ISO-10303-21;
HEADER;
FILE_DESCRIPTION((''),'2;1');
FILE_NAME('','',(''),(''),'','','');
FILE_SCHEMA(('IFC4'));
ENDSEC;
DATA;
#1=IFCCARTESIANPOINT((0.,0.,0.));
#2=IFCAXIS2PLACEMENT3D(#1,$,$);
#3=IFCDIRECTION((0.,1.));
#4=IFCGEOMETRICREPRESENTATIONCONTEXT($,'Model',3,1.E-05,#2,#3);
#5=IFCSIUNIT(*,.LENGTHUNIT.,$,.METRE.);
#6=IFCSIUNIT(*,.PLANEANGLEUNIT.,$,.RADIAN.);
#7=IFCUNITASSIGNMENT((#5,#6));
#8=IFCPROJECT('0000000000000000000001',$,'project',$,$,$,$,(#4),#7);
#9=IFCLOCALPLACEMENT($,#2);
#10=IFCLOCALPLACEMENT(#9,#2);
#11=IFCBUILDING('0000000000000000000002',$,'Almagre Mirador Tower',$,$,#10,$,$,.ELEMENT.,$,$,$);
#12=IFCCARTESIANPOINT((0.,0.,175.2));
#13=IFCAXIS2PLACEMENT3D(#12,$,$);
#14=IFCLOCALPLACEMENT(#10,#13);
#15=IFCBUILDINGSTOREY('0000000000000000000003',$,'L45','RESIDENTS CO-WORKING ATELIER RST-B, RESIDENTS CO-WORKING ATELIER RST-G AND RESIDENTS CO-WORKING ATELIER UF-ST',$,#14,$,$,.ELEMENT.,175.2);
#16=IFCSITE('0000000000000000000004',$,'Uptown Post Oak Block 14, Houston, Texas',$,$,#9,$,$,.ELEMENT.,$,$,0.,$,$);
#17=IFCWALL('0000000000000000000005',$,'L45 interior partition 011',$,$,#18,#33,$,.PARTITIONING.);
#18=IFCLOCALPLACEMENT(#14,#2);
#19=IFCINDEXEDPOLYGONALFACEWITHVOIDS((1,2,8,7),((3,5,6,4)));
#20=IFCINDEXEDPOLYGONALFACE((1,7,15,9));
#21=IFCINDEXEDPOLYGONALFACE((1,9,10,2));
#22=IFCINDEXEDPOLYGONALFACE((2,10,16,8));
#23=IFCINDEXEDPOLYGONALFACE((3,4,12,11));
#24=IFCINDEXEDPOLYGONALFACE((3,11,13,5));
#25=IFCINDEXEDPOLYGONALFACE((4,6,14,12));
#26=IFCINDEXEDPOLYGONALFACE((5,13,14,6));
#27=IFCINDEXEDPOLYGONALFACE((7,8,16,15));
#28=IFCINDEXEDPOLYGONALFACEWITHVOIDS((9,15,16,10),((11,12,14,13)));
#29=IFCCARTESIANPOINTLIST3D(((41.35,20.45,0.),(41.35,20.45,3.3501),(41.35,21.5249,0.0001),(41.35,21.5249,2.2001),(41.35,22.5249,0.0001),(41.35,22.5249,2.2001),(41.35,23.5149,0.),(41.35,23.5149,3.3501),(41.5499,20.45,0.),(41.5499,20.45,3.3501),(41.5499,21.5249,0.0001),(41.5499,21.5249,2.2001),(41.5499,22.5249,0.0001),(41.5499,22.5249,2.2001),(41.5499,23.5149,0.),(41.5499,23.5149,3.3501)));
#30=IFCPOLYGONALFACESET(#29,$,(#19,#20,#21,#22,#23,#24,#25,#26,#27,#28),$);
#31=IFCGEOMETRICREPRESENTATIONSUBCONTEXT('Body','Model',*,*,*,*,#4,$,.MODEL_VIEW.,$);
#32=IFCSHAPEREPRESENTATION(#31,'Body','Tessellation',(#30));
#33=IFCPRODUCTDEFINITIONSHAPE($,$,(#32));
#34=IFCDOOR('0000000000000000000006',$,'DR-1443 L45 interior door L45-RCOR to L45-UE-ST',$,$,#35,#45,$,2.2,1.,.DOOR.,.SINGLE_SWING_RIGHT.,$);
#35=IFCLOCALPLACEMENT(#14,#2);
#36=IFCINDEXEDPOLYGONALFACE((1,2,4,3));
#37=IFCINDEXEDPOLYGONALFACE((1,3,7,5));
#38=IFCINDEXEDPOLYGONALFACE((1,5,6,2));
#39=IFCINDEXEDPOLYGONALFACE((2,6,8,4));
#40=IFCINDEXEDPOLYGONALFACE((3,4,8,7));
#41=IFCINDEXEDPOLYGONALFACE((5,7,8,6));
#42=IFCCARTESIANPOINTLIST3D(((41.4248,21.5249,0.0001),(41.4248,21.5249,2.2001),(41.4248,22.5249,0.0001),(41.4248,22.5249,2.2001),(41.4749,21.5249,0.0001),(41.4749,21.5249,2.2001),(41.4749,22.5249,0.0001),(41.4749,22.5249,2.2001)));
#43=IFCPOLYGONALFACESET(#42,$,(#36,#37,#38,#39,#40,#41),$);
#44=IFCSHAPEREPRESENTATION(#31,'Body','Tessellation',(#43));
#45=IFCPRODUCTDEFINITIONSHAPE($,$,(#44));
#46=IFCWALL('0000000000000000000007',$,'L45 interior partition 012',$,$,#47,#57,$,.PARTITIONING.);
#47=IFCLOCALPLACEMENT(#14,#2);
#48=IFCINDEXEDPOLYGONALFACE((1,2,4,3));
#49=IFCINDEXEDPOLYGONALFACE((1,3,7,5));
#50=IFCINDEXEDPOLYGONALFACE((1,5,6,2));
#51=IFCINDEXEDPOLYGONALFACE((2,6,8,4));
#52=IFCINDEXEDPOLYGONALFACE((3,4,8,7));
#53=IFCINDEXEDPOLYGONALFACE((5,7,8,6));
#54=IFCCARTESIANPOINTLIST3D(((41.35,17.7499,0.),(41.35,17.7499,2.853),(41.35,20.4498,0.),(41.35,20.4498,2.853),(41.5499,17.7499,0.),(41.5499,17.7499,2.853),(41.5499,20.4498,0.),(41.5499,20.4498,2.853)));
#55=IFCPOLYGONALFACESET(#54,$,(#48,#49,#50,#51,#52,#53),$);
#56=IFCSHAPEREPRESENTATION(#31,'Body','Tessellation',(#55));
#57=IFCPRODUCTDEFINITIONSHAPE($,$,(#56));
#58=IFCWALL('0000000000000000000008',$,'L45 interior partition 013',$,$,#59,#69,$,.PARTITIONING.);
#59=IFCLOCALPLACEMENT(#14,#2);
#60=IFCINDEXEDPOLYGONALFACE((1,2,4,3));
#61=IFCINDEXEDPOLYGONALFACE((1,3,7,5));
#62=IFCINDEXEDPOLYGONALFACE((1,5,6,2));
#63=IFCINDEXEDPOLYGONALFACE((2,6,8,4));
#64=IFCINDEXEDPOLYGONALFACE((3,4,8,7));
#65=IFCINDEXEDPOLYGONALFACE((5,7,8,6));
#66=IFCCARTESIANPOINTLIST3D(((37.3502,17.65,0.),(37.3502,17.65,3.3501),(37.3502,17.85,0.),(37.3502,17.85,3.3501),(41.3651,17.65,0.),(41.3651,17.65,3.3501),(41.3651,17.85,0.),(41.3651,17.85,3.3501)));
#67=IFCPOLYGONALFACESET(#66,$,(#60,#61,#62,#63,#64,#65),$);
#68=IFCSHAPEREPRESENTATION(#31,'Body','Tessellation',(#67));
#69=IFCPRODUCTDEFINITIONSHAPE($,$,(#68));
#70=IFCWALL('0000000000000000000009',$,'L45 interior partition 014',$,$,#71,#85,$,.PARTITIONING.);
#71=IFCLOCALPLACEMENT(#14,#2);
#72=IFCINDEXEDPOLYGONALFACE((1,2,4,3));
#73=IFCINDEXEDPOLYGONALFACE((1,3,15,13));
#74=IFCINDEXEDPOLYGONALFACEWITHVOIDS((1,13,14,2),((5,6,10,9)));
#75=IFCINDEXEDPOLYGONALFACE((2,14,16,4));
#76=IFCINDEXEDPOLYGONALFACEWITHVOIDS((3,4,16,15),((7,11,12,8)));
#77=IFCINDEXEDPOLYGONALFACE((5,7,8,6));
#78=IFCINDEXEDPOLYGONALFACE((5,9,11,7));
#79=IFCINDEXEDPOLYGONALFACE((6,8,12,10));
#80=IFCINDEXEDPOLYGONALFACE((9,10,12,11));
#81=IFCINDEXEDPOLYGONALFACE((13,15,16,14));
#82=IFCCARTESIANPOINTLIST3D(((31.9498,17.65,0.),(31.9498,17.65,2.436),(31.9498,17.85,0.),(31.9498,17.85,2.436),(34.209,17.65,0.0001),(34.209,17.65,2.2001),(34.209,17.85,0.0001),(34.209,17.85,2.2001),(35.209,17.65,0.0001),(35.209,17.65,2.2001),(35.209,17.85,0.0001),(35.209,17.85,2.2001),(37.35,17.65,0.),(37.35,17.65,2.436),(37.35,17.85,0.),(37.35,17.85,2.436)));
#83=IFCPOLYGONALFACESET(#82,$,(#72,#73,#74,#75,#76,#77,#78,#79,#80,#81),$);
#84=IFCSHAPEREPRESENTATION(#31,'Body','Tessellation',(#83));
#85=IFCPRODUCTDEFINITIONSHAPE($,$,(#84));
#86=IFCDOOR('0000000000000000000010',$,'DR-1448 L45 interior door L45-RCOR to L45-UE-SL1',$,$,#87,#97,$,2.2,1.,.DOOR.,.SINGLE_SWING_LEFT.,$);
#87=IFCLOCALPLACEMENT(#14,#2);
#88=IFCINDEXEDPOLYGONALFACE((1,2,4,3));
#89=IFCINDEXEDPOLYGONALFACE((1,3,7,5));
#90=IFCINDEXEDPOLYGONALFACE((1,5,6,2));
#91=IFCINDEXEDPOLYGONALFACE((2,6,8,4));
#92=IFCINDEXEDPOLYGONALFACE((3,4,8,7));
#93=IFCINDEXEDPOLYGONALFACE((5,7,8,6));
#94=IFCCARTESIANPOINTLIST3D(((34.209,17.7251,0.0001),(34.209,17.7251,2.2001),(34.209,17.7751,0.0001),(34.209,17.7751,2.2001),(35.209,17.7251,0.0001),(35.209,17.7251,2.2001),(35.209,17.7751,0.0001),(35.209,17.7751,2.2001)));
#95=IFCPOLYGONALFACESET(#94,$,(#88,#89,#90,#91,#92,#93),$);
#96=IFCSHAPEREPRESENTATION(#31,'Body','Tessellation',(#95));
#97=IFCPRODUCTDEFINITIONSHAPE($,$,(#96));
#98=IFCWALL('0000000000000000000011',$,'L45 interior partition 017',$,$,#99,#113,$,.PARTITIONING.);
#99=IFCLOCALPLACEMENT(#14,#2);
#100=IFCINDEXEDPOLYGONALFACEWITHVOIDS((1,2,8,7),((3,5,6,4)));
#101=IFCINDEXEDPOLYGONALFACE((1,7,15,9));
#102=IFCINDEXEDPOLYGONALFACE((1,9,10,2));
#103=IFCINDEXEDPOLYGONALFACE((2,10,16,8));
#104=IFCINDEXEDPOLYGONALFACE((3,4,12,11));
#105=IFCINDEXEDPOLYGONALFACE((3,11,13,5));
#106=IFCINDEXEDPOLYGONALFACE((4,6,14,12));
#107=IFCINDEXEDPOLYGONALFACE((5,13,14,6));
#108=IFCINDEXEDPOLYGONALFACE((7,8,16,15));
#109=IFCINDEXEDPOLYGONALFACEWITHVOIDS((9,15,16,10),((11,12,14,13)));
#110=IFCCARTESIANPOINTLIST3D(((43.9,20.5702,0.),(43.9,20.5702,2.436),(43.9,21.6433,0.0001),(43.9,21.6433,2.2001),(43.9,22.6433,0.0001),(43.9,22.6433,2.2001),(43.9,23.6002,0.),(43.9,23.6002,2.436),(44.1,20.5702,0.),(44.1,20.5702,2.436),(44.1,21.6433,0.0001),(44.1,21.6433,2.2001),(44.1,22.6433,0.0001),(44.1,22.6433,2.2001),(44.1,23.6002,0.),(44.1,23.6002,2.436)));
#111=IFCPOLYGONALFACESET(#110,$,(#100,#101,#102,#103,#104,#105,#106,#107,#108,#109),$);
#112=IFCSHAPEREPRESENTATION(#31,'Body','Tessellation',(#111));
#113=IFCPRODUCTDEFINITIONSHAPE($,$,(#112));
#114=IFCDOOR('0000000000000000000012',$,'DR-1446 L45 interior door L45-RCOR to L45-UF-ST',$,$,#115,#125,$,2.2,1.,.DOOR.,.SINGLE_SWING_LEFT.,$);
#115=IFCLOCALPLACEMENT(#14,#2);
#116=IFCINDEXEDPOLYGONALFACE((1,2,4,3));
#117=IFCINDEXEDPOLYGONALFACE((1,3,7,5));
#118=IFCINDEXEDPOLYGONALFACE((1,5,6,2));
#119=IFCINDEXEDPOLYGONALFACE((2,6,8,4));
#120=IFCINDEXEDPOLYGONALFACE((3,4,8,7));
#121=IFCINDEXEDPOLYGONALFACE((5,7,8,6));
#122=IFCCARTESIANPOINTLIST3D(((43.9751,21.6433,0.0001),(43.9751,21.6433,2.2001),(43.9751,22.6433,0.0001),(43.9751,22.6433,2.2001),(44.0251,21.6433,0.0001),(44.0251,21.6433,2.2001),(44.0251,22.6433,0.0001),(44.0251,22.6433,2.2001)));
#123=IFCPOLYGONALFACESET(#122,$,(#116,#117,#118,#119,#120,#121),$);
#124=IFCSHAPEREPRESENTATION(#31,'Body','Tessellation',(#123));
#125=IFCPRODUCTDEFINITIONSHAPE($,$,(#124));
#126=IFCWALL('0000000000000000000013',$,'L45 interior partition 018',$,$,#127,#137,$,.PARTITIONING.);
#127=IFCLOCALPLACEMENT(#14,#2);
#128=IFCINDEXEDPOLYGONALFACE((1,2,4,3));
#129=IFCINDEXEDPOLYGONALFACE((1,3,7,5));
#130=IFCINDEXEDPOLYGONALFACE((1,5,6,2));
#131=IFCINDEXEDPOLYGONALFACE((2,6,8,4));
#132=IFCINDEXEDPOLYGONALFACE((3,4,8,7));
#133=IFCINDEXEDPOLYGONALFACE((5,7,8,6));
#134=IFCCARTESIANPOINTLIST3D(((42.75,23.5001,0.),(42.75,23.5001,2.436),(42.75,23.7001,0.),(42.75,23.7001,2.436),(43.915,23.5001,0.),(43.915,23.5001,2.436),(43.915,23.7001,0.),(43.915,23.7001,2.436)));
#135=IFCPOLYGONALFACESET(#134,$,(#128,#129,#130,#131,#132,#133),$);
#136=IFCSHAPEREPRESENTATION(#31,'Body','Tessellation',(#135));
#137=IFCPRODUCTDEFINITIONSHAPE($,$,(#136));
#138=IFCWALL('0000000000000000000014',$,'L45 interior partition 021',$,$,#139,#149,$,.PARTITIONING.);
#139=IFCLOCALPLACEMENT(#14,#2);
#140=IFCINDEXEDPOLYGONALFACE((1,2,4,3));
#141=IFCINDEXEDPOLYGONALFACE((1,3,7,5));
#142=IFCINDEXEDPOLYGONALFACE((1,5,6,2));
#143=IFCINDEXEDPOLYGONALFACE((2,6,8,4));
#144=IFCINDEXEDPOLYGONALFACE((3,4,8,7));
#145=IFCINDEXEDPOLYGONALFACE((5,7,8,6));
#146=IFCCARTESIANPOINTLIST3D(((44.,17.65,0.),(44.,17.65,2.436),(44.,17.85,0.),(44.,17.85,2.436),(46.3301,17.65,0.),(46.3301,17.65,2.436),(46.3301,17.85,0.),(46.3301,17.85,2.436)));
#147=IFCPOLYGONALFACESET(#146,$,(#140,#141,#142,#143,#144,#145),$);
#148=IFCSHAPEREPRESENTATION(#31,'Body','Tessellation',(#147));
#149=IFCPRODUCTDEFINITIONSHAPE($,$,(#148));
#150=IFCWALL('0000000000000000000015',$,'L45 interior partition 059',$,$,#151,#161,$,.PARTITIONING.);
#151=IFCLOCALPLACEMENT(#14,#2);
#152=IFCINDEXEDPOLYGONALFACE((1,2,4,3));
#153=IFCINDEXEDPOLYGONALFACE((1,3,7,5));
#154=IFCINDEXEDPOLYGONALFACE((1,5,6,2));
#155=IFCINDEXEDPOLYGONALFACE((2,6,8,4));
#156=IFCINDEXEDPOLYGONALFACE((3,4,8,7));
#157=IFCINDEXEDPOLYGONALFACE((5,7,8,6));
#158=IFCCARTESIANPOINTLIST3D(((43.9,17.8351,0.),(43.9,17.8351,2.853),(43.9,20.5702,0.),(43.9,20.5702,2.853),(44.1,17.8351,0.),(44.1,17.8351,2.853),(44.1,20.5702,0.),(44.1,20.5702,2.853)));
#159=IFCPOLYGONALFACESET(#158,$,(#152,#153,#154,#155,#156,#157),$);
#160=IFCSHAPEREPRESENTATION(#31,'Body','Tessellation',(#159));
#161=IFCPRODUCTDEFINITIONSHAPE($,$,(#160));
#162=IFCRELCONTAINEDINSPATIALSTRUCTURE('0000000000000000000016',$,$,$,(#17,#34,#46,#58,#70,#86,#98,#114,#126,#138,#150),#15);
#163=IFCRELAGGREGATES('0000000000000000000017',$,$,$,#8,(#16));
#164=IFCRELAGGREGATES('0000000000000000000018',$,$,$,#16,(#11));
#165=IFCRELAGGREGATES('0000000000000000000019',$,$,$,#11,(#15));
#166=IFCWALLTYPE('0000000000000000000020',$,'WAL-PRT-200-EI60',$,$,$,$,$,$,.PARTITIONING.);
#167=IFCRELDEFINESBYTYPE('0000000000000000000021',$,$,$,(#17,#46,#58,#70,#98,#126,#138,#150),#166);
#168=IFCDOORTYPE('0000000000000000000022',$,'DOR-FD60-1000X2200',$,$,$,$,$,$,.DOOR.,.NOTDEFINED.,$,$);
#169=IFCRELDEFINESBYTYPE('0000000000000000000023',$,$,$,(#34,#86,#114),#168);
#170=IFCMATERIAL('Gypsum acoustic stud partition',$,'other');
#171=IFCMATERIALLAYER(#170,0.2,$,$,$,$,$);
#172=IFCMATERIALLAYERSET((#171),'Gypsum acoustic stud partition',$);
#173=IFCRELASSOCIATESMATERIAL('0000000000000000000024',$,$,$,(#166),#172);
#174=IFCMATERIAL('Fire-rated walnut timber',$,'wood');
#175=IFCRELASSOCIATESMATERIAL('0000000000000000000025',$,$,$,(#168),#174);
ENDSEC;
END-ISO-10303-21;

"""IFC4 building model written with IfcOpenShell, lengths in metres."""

from ifc_helpers import new_model, si_unit, direction, frame, frame_2d, origin, place, context, subcontext, project, spatial, rectangle, extrude, material, layer, layer_set, type_object, element, fill, save


model = new_model("IFC4")

# Units and contexts
model_context = context("Model", 3, precision=1e-05, world=origin(), true_north=direction((0.0, 1.0)))
body_context = subcontext(model_context, "Body", "Model", "MODEL_VIEW")
ifc_project = project(units=[si_unit("LENGTHUNIT", "METRE"), si_unit("PLANEANGLEUNIT", "RADIAN")], contexts=[model_context])

# Site, building, storey
site_placement = place(None, origin())
site = spatial("IfcSite", under=ifc_project, at=site_placement, Name="Uptown Post Oak Block 14, Houston, Texas", CompositionType="ELEMENT", RefElevation=0.0)
building_placement = place(site_placement, origin())
building = spatial("IfcBuilding", under=site, at=building_placement, Name="Almagre Mirador Tower", CompositionType="ELEMENT")
storey_placement = place(building_placement, frame((0.0, 0.0, 175.2)))
storey = spatial("IfcBuildingStorey", under=building, at=storey_placement, Name="L45", Description="RESIDENTS CO-WORKING ATELIER RST-B, RESIDENTS CO-WORKING ATELIER RST-G AND RESIDENTS CO-WORKING ATELIER UF-ST", CompositionType="ELEMENT", Elevation=175.2)

# Shared definitions
ifc_material_1 = material(Name="Gypsum acoustic stud partition", Category="other")
ifc_layer_1 = layer(ifc_material_1, 0.2)
ifc_layer_set_1 = layer_set([ifc_layer_1], Name="Gypsum acoustic stud partition")
wall_type_1 = type_object("IfcWallType", Name="WAL-PRT-200-EI60", PredefinedType="PARTITIONING", material=ifc_layer_set_1)

# Wall, opening, door
wall_1_placement = place(storey_placement, frame((41.45, 23.5149, 0.0), z_axis=(0.0, 0.0, 1.0), x_axis=(0.0, -1.0, 0.0)))
wall_1 = element("IfcWall", 1, at=wall_1_placement, inside=storey, type_object=wall_type_1, Name="L45 interior partition 011", PredefinedType="PARTITIONING", context=body_context, shape_type="SweptSolid", body=[
    extrude(rectangle(XDim=3.0649, YDim=0.2, at=frame_2d((1.5325, 0.0))), origin(), (0.0, 0.0, 1.0), 3.3501),
])
opening_1_placement = place(wall_1_placement, frame((0.99, 0.0, 0.0)))
opening_1 = element("IfcOpeningElement", 2, at=opening_1_placement, cuts=wall_1, PredefinedType="OPENING", context=body_context, shape_type="SweptSolid", body=[
    extrude(rectangle(XDim=1.0, YDim=2.2, at=frame_2d((0.5, 1.1001))), frame((0.0, 0.1101, 0.0), z_axis=(0.0, -1.0, 0.0), x_axis=(1.0, 0.0, 0.0)), (0.0, 0.0, 1.0), 0.22),
])
ifc_material_2 = material(Name="Fire-rated walnut timber", Category="wood")
door_type_1 = type_object("IfcDoorType", Name="DOR-FD60-1000X2200", OperationType="NOTDEFINED", PredefinedType="DOOR", material=ifc_material_2)
door_1_placement = place(opening_1_placement, origin())
door_1 = element("IfcDoor", 3, at=door_1_placement, inside=storey, type_object=door_type_1, Name="DR-1443 L45 interior door L45-RCOR to L45-UE-ST", OperationType="SINGLE_SWING_RIGHT", OverallHeight=2.2, OverallWidth=1.0, PredefinedType="DOOR", context=body_context, shape_type="SweptSolid", body=[
    extrude(rectangle(XDim=1.0, YDim=2.2, at=frame_2d((0.5, 1.1001))), frame((0.0, 0.0249, 0.0), z_axis=(0.0, -1.0, 0.0), x_axis=(1.0, 0.0, 0.0)), (0.0, 0.0, 1.0), 0.05),
])
fill(opening_1, door_1)

# Walls
wall_2_placement = place(storey_placement, frame((41.45, 20.45, 0.0), z_axis=(0.0, 0.0, 1.0), x_axis=(0.0, -1.0, 0.0)))
element("IfcWall", 4, at=wall_2_placement, inside=storey, type_object=wall_type_1, Name="L45 interior partition 012", PredefinedType="PARTITIONING", context=body_context, shape_type="SweptSolid", body=[
    extrude(rectangle(XDim=2.7, YDim=0.2, at=frame_2d((1.3501, 0.0))), origin(), (0.0, 0.0, 1.0), 2.853),
])
wall_3_placement = place(storey_placement, frame((41.365, 17.75, 0.0), z_axis=(0.0, 0.0, 1.0), x_axis=(-1.0, 0.0, 0.0)))
element("IfcWall", 5, at=wall_3_placement, inside=storey, type_object=wall_type_1, Name="L45 interior partition 013", PredefinedType="PARTITIONING", context=body_context, shape_type="SweptSolid", body=[
    extrude(rectangle(XDim=4.0149, YDim=0.2, at=frame_2d((2.0073, 0.0))), origin(), (0.0, 0.0, 1.0), 3.3501),
])

# Walls, openings, doors
wall_4_placement = place(storey_placement, frame((37.3501, 17.75, 0.0), z_axis=(0.0, 0.0, 1.0), x_axis=(-1.0, 0.0, 0.0)))
wall_4 = element("IfcWall", 6, at=wall_4_placement, inside=storey, type_object=wall_type_1, Name="L45 interior partition 014", PredefinedType="PARTITIONING", context=body_context, shape_type="SweptSolid", body=[
    extrude(rectangle(XDim=5.4001, YDim=0.2, at=frame_2d((2.7002, 0.0))), origin(), (0.0, 0.0, 1.0), 2.436),
])
opening_2_placement = place(wall_4_placement, frame((2.1411, 0.0, 0.0)))
opening_2 = element("IfcOpeningElement", 7, at=opening_2_placement, cuts=wall_4, PredefinedType="OPENING", context=body_context, shape_type="SweptSolid", body=[
    extrude(rectangle(XDim=1.0, YDim=2.2, at=frame_2d((0.5, 1.1001))), frame((0.0, 0.1101, 0.0), z_axis=(0.0, -1.0, 0.0), x_axis=(1.0, 0.0, 0.0)), (0.0, 0.0, 1.0), 0.22),
])
door_2_placement = place(opening_2_placement, origin())
door_2 = element("IfcDoor", 8, at=door_2_placement, inside=storey, type_object=door_type_1, Name="DR-1448 L45 interior door L45-RCOR to L45-UE-SL1", OperationType="SINGLE_SWING_LEFT", OverallHeight=2.2, OverallWidth=1.0, PredefinedType="DOOR", context=body_context, shape_type="SweptSolid", body=[
    extrude(rectangle(XDim=1.0, YDim=2.2, at=frame_2d((0.5, 1.1001))), frame((0.0, 0.0249, 0.0), z_axis=(0.0, -1.0, 0.0), x_axis=(1.0, 0.0, 0.0)), (0.0, 0.0, 1.0), 0.05),
])
fill(opening_2, door_2)
wall_5_placement = place(storey_placement, frame((44.0, 20.5701, 0.0), z_axis=(0.0, 0.0, 1.0), x_axis=(0.0, 1.0, 0.0)))
wall_5 = element("IfcWall", 9, at=wall_5_placement, inside=storey, type_object=wall_type_1, Name="L45 interior partition 017", PredefinedType="PARTITIONING", context=body_context, shape_type="SweptSolid", body=[
    extrude(rectangle(XDim=3.03, YDim=0.2, at=frame_2d((1.5151, 0.0))), origin(), (0.0, 0.0, 1.0), 2.436),
])
opening_3_placement = place(wall_5_placement, frame((1.0732, 0.0, 0.0)))
opening_3 = element("IfcOpeningElement", 10, at=opening_3_placement, cuts=wall_5, PredefinedType="OPENING", context=body_context, shape_type="SweptSolid", body=[
    extrude(rectangle(XDim=1.0, YDim=2.2, at=frame_2d((0.5, 1.1001))), frame((0.0, 0.1101, 0.0), z_axis=(0.0, -1.0, 0.0), x_axis=(1.0, 0.0, 0.0)), (0.0, 0.0, 1.0), 0.22),
])
door_3_placement = place(opening_3_placement, origin())
door_3 = element("IfcDoor", 11, at=door_3_placement, inside=storey, type_object=door_type_1, Name="DR-1446 L45 interior door L45-RCOR to L45-UF-ST", OperationType="SINGLE_SWING_LEFT", OverallHeight=2.2, OverallWidth=1.0, PredefinedType="DOOR", context=body_context, shape_type="SweptSolid", body=[
    extrude(rectangle(XDim=1.0, YDim=2.2, at=frame_2d((0.5, 1.1001))), frame((0.0, 0.0249, 0.0), z_axis=(0.0, -1.0, 0.0), x_axis=(1.0, 0.0, 0.0)), (0.0, 0.0, 1.0), 0.05),
])
fill(opening_3, door_3)

# Walls
wall_6_placement = place(storey_placement, frame((43.915, 23.6001, 0.0), z_axis=(0.0, 0.0, 1.0), x_axis=(-1.0, 0.0, 0.0)))
element("IfcWall", 12, at=wall_6_placement, inside=storey, type_object=wall_type_1, Name="L45 interior partition 018", PredefinedType="PARTITIONING", context=body_context, shape_type="SweptSolid", body=[
    extrude(rectangle(XDim=1.165, YDim=0.2, at=frame_2d((0.5825, 0.0))), origin(), (0.0, 0.0, 1.0), 2.436),
])
wall_7_placement = place(storey_placement, frame((46.3301, 17.75, 0.0), z_axis=(0.0, 0.0, 1.0), x_axis=(-1.0, 0.0, 0.0)))
element("IfcWall", 13, at=wall_7_placement, inside=storey, type_object=wall_type_1, Name="L45 interior partition 021", PredefinedType="PARTITIONING", context=body_context, shape_type="SweptSolid", body=[
    extrude(rectangle(XDim=2.3301, YDim=0.2, at=frame_2d((1.165, 0.0))), origin(), (0.0, 0.0, 1.0), 2.436),
])
wall_8_placement = place(storey_placement, frame((44.0, 17.835, 0.0), z_axis=(0.0, 0.0, 1.0), x_axis=(0.0, 1.0, 0.0)))
element("IfcWall", 14, at=wall_8_placement, inside=storey, type_object=wall_type_1, Name="L45 interior partition 059", PredefinedType="PARTITIONING", context=body_context, shape_type="SweptSolid", body=[
    extrude(rectangle(XDim=2.7351, YDim=0.2, at=frame_2d((1.3677, 0.0))), origin(), (0.0, 0.0, 1.0), 2.853),
])

save(model, "model.ifc")
